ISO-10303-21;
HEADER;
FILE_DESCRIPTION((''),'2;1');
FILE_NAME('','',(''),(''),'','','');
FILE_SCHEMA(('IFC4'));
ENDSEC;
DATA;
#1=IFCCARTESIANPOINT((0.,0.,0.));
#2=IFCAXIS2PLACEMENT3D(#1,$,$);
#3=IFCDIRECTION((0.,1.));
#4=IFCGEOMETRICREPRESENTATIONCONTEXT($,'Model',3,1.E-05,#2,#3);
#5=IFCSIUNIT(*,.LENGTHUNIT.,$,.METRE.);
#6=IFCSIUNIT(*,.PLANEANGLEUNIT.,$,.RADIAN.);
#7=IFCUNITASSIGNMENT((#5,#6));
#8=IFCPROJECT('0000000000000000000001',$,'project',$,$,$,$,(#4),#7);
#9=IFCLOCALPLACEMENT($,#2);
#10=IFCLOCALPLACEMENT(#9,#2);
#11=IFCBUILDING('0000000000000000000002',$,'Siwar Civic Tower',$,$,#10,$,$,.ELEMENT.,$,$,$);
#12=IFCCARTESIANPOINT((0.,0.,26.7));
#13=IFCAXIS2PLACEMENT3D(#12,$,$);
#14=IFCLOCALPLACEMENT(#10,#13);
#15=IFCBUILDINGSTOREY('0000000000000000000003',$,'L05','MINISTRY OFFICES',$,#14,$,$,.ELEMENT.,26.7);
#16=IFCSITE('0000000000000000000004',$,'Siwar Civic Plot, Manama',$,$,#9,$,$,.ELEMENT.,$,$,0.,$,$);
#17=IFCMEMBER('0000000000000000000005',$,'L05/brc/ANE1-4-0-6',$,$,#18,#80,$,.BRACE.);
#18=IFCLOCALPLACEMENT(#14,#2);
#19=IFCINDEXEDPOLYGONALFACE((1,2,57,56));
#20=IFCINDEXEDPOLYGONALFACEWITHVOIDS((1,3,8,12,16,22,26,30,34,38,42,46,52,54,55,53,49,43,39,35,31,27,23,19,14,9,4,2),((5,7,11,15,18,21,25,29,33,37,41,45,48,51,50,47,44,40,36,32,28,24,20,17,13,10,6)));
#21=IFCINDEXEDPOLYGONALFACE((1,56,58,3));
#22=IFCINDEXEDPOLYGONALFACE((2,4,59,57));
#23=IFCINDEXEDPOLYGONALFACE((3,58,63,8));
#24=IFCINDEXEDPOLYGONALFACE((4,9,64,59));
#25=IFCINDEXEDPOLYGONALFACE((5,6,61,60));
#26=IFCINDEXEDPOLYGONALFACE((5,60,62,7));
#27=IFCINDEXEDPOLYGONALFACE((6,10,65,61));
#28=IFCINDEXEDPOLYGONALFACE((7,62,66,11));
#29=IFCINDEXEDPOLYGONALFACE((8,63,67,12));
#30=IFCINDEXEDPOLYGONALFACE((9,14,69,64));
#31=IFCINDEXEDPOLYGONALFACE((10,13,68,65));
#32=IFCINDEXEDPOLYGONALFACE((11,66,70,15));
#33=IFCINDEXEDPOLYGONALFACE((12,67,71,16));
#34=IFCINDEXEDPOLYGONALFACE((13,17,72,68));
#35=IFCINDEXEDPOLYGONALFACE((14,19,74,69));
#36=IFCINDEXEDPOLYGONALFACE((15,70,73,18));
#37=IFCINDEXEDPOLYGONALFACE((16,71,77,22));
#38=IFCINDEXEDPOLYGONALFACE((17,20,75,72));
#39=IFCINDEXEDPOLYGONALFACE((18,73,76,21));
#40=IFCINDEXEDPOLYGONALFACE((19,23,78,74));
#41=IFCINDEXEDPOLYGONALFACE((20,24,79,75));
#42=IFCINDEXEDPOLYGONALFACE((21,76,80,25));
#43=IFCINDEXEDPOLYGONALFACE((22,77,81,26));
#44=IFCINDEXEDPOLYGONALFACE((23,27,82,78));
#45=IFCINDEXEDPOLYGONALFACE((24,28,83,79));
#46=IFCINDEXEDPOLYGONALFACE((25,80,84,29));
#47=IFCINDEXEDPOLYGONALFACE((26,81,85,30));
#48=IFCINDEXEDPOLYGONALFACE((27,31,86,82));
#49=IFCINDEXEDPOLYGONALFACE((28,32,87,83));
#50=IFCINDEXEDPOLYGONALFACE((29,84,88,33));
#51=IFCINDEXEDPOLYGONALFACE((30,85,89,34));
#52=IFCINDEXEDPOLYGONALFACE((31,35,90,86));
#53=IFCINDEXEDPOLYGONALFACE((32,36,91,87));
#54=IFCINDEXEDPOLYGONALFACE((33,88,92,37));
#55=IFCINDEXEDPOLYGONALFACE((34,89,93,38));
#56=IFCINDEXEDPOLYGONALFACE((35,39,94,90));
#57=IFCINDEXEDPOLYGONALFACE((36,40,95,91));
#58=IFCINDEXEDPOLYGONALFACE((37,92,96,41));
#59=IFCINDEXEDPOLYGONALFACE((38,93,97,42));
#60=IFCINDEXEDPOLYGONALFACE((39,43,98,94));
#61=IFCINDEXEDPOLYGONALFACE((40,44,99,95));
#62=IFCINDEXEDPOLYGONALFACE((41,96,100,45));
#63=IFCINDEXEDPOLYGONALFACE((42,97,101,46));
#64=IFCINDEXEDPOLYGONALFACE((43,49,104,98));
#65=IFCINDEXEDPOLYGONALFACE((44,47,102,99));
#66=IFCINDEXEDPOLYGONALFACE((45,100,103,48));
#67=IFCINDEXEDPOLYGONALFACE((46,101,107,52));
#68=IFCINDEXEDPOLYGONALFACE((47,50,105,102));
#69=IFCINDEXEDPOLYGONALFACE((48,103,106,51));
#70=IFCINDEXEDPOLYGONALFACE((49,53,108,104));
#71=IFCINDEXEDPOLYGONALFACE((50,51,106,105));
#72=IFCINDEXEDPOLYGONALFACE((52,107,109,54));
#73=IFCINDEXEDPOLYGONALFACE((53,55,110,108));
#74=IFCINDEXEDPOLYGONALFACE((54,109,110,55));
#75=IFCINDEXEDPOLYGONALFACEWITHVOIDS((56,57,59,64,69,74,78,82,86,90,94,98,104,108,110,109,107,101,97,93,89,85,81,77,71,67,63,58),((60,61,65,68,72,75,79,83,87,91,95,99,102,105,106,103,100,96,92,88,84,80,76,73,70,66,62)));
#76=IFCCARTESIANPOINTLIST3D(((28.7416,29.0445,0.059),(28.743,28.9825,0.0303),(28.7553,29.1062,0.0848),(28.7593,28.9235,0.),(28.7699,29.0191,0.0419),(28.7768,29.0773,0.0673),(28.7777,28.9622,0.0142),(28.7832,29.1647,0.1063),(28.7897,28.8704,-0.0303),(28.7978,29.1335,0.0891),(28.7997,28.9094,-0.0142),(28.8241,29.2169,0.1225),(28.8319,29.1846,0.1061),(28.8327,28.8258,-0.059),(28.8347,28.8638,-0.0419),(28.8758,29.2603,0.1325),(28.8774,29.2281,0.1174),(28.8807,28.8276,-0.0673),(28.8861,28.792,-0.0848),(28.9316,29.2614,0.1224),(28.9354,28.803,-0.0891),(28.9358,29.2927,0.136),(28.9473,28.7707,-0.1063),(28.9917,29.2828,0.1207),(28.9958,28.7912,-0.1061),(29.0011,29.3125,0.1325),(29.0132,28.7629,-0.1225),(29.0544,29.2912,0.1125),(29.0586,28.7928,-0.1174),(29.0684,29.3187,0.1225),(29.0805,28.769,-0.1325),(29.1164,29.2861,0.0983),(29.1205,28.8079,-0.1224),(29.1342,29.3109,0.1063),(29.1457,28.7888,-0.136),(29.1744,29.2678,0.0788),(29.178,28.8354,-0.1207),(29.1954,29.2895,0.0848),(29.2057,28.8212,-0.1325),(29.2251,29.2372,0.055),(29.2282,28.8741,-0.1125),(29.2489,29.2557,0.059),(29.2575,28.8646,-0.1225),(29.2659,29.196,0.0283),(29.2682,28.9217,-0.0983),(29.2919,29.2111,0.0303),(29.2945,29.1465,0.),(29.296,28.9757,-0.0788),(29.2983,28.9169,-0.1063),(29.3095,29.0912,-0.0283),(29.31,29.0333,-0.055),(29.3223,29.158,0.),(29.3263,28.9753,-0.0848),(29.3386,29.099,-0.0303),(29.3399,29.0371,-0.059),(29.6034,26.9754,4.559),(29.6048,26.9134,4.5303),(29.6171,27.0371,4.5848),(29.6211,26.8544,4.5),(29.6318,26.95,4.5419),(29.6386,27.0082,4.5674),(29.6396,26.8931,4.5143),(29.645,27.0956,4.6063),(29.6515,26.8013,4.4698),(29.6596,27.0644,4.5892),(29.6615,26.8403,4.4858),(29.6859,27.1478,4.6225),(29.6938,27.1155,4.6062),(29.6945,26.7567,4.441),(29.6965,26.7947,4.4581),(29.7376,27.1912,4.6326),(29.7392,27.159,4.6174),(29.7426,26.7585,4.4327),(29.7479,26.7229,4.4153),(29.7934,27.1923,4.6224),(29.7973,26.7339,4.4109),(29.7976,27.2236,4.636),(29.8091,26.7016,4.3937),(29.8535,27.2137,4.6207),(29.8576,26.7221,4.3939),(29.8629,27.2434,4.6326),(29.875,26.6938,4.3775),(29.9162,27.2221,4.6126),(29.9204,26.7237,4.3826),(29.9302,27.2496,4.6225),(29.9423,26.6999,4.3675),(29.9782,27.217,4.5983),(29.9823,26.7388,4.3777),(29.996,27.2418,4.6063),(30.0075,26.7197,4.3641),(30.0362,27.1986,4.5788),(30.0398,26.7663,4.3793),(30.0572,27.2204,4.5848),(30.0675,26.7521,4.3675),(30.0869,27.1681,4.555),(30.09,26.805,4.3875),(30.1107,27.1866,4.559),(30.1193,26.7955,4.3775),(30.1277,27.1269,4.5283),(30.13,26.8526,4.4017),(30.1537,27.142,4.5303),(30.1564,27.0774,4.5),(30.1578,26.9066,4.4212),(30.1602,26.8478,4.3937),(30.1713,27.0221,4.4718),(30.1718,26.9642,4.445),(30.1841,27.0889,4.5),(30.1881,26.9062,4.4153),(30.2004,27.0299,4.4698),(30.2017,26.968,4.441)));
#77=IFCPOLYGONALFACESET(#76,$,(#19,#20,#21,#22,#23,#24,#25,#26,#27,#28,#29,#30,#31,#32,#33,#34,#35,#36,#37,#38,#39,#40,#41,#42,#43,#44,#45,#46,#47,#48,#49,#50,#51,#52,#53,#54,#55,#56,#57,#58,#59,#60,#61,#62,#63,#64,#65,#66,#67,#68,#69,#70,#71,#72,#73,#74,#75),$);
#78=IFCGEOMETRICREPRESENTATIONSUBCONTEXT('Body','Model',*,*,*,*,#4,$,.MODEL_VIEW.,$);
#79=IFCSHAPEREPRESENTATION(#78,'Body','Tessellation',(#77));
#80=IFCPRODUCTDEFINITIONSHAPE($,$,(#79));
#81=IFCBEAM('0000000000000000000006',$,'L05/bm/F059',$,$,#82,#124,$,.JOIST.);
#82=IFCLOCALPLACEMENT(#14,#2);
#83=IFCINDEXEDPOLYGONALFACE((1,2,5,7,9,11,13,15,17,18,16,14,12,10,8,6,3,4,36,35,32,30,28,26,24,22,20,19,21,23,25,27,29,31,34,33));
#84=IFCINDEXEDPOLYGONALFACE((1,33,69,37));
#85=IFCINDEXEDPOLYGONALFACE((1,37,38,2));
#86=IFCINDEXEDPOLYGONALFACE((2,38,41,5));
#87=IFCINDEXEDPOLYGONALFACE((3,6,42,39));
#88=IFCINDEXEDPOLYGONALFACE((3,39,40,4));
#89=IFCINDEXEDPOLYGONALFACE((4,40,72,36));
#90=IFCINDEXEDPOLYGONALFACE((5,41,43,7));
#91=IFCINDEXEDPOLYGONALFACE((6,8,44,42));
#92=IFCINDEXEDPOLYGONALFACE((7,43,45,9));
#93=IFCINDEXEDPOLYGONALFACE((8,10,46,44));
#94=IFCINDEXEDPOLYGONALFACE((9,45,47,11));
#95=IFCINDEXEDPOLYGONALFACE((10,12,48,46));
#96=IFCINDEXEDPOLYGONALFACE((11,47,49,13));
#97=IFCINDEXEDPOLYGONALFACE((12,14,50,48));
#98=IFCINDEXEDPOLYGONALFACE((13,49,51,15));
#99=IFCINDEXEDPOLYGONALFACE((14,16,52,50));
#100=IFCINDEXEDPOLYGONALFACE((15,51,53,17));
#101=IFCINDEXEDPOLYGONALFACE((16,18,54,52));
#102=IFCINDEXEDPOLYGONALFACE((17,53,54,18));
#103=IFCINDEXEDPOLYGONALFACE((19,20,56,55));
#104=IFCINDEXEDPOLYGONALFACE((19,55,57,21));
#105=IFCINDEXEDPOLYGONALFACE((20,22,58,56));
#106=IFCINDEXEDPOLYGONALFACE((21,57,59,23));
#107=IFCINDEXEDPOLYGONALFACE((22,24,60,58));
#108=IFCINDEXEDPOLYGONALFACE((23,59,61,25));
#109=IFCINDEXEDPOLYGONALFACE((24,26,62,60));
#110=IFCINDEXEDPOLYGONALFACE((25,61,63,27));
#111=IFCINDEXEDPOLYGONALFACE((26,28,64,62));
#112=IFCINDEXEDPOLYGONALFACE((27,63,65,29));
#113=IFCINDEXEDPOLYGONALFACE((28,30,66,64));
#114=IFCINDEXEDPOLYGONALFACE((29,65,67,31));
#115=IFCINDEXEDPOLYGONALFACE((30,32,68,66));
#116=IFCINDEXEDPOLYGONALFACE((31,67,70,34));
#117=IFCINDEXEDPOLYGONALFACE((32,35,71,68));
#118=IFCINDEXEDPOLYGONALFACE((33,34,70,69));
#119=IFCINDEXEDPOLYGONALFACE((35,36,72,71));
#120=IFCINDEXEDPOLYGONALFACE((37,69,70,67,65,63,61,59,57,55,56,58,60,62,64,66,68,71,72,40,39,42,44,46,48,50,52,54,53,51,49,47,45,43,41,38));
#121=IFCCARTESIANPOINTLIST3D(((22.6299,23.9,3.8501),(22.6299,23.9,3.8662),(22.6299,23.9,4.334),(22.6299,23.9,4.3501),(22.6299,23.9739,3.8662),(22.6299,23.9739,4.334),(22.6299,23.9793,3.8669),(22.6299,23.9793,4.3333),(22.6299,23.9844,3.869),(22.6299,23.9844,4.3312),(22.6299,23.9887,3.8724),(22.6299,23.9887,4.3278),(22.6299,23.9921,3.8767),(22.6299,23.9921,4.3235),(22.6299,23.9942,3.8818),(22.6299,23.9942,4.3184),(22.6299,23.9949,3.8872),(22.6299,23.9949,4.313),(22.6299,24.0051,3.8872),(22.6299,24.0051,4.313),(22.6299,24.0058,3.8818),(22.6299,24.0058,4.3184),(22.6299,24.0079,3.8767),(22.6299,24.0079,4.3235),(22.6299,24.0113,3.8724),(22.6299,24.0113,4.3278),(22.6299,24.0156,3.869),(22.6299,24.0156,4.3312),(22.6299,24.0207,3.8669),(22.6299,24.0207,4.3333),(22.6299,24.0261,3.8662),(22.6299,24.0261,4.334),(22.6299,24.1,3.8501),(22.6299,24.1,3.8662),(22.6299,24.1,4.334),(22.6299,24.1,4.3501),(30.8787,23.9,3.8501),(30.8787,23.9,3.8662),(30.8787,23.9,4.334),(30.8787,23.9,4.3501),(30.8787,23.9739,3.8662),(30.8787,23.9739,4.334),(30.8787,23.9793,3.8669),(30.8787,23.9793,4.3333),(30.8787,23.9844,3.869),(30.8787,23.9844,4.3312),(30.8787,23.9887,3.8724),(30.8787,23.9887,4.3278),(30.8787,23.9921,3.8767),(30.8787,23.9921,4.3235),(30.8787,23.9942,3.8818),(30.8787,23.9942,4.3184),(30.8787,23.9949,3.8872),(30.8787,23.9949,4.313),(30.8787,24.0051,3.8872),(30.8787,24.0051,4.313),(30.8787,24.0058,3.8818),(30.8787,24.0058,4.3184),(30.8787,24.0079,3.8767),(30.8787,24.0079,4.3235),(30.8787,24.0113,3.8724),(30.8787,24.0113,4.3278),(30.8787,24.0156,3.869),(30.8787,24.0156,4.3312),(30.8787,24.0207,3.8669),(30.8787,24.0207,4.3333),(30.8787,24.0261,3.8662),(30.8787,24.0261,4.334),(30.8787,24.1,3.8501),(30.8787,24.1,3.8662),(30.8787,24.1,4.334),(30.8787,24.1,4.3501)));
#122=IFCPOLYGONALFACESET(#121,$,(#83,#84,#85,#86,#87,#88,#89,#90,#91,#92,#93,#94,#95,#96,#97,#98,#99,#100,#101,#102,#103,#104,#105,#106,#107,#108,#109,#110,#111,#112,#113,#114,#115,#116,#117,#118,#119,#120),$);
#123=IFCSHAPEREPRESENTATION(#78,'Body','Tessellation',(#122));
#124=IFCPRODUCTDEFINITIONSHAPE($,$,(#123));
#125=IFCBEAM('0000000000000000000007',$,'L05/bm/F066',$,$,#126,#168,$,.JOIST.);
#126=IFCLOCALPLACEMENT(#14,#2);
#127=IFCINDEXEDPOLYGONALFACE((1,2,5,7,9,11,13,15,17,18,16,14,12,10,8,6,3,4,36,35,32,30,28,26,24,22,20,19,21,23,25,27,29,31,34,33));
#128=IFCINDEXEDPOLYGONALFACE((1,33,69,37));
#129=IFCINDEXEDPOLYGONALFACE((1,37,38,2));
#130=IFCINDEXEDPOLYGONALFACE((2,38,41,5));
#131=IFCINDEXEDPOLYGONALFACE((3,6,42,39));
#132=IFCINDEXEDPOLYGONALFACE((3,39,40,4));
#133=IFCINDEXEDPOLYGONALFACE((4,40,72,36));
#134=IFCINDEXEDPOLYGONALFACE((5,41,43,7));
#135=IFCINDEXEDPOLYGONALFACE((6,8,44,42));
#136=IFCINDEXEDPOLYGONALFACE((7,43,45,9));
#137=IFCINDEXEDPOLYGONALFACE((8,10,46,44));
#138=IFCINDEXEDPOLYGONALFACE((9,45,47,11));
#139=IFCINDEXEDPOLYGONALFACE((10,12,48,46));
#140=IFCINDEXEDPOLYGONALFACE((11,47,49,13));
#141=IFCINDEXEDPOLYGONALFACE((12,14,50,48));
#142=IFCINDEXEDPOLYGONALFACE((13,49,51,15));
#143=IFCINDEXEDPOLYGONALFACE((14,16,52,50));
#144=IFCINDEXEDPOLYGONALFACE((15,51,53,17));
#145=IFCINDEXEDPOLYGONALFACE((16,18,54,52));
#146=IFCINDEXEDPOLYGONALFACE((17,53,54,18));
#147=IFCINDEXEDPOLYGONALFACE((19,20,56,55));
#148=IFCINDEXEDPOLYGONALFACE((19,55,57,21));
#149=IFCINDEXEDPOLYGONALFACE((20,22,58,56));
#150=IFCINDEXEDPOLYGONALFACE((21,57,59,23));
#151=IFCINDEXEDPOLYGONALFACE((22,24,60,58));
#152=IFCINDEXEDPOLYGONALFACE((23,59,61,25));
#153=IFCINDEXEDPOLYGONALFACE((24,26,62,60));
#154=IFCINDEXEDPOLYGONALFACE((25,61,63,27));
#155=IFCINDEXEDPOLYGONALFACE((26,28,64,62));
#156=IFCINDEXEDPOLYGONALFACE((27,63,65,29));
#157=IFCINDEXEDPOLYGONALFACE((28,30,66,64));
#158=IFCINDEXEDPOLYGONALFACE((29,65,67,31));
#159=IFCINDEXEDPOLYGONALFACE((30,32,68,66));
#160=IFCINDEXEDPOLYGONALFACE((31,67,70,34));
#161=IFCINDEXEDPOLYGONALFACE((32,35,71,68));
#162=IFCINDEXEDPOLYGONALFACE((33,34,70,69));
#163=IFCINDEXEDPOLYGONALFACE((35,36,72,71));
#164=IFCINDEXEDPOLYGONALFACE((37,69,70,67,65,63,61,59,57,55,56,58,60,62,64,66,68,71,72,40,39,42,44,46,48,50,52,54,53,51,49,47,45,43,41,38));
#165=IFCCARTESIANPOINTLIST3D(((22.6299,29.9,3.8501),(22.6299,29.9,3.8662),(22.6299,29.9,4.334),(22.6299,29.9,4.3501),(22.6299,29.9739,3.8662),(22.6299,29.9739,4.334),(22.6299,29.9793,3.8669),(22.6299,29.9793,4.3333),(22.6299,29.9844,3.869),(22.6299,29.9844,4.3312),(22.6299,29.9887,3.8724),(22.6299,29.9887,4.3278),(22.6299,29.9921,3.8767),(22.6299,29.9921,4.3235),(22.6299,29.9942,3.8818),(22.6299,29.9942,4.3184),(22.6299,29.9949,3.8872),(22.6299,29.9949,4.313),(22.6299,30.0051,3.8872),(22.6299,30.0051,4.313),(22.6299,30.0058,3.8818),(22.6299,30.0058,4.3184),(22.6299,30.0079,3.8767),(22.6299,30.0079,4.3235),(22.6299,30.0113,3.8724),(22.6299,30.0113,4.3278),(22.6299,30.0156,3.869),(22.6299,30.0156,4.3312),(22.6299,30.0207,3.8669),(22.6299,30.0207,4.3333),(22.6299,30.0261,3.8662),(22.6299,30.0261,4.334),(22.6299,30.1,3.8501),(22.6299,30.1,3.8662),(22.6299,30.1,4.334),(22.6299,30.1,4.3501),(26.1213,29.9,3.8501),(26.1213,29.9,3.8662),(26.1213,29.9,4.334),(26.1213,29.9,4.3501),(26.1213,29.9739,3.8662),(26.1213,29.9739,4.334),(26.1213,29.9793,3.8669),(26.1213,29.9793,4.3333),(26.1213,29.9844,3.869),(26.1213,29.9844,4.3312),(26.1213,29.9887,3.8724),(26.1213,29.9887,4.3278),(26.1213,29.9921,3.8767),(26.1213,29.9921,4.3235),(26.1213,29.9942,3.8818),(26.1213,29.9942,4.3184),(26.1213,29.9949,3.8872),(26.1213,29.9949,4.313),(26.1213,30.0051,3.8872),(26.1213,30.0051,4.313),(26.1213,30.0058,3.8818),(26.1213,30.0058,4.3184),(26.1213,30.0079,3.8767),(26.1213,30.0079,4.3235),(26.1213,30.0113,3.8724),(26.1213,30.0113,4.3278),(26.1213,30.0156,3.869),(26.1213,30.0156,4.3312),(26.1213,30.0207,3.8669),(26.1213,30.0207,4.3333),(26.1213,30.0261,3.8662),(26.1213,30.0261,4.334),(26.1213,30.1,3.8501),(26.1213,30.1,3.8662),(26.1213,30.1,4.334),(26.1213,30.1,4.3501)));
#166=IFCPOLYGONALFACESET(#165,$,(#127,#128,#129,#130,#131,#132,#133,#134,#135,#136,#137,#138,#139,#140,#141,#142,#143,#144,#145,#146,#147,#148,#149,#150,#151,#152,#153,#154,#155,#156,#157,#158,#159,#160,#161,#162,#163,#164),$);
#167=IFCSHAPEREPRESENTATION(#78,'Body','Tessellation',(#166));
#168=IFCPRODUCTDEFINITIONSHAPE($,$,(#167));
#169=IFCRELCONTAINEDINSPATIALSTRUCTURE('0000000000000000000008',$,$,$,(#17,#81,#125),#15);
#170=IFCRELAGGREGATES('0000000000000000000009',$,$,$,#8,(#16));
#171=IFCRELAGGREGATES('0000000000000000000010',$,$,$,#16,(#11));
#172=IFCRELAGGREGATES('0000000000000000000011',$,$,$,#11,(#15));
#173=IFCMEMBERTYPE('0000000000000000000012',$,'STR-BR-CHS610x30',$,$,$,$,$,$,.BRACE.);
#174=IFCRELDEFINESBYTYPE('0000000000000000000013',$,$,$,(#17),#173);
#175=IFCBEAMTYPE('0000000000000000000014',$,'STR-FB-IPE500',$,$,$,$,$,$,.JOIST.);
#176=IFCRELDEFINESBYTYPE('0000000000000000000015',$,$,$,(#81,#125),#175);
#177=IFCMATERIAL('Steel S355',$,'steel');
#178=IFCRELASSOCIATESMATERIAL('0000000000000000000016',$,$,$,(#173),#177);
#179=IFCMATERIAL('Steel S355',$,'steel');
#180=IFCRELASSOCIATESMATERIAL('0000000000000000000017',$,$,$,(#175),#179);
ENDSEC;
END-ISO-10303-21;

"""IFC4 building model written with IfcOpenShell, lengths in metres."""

from ifc_helpers import new_model, si_unit, direction, frame, origin, origin_2d, place, context, subcontext, project, spatial, hollow_circle, i_section, extrude, material, material_profile, profile_set, type_object, element, save


model = new_model("IFC4")

# Units and contexts
model_context = context("Model", 3, precision=1e-05, world=origin(), true_north=direction((0.0, 1.0)))
body_context = subcontext(model_context, "Body", "Model", "MODEL_VIEW")
ifc_project = project(units=[si_unit("LENGTHUNIT", "METRE"), si_unit("PLANEANGLEUNIT", "RADIAN")], contexts=[model_context])

# Site, building, storey
site_placement = place(None, origin())
site = spatial("IfcSite", under=ifc_project, at=site_placement, Name="Siwar Civic Plot, Manama", CompositionType="ELEMENT", RefElevation=0.0)
building_placement = place(site_placement, origin())
building = spatial("IfcBuilding", under=site, at=building_placement, Name="Siwar Civic Tower", CompositionType="ELEMENT")
storey_placement = place(building_placement, frame((0.0, 0.0, 26.7)))
storey = spatial("IfcBuildingStorey", under=building, at=storey_placement, Name="L05", Description="MINISTRY OFFICES", CompositionType="ELEMENT", Elevation=26.7)

# Member
ifc_material_1 = material(Name="Steel S355", Category="steel")
ifc_material_profile_1 = material_profile(ifc_material_1, hollow_circle(Radius=0.3049, WallThickness=0.03, at=origin_2d()), Name="CHS610x30")
ifc_profile_set_1 = profile_set([ifc_material_profile_1], Name="Steel S355")
member_type_1 = type_object("IfcMemberType", Name="STR-BR-CHS610x30", PredefinedType="BRACE", material=ifc_profile_set_1)
member_1_placement = place(storey_placement, frame((29.0408, 29.0408, 0.0), z_axis=(0.171427, -0.41157, 0.895111), x_axis=(0.923125, 0.384499, 0.0)))
element("IfcMember", 1, at=member_1_placement, inside=storey, type_object=member_type_1, Name="L05/brc/ANE1-4-0-6", PredefinedType="BRACE", context=body_context, shape_type="SweptSolid", body=[
    extrude(hollow_circle(Radius=0.3049, WallThickness=0.03, at=origin_2d()), origin(), (0.0, 0.0, 1.0), 5.0273),
])

# Beams
ifc_material_2 = material(Name="Steel S355", Category="steel")
ifc_material_profile_2 = material_profile(ifc_material_2, i_section(OverallWidth=0.2, OverallDepth=0.5, WebThickness=0.0103, FlangeThickness=0.0161, FilletRadius=0.021, at=origin_2d()), Name="IPE500")
ifc_profile_set_2 = profile_set([ifc_material_profile_2], Name="Steel S355")
beam_type_1 = type_object("IfcBeamType", Name="STR-FB-IPE500", PredefinedType="JOIST", material=ifc_profile_set_2)
beam_1_placement = place(storey_placement, frame((22.6299, 24.0, 4.1001), z_axis=(1.0, 0.0, 0.0), x_axis=(0.0, 1.0, 0.0)))
element("IfcBeam", 2, at=beam_1_placement, inside=storey, type_object=beam_type_1, Name="L05/bm/F059", PredefinedType="JOIST", context=body_context, shape_type="SweptSolid", body=[
    extrude(i_section(OverallWidth=0.2, OverallDepth=0.5, WebThickness=0.0103, FlangeThickness=0.0161, FilletRadius=0.021, at=origin_2d()), origin(), (0.0, 0.0, 1.0), 8.2488),
])
beam_2_placement = place(storey_placement, frame((22.6299, 30.0, 4.1001), z_axis=(1.0, 0.0, 0.0), x_axis=(0.0, 1.0, 0.0)))
element("IfcBeam", 3, at=beam_2_placement, inside=storey, type_object=beam_type_1, Name="L05/bm/F066", PredefinedType="JOIST", context=body_context, shape_type="SweptSolid", body=[
    extrude(i_section(OverallWidth=0.2, OverallDepth=0.5, WebThickness=0.0103, FlangeThickness=0.0161, FilletRadius=0.021, at=origin_2d()), origin(), (0.0, 0.0, 1.0), 3.4915),
])

save(model, "model.ifc")
